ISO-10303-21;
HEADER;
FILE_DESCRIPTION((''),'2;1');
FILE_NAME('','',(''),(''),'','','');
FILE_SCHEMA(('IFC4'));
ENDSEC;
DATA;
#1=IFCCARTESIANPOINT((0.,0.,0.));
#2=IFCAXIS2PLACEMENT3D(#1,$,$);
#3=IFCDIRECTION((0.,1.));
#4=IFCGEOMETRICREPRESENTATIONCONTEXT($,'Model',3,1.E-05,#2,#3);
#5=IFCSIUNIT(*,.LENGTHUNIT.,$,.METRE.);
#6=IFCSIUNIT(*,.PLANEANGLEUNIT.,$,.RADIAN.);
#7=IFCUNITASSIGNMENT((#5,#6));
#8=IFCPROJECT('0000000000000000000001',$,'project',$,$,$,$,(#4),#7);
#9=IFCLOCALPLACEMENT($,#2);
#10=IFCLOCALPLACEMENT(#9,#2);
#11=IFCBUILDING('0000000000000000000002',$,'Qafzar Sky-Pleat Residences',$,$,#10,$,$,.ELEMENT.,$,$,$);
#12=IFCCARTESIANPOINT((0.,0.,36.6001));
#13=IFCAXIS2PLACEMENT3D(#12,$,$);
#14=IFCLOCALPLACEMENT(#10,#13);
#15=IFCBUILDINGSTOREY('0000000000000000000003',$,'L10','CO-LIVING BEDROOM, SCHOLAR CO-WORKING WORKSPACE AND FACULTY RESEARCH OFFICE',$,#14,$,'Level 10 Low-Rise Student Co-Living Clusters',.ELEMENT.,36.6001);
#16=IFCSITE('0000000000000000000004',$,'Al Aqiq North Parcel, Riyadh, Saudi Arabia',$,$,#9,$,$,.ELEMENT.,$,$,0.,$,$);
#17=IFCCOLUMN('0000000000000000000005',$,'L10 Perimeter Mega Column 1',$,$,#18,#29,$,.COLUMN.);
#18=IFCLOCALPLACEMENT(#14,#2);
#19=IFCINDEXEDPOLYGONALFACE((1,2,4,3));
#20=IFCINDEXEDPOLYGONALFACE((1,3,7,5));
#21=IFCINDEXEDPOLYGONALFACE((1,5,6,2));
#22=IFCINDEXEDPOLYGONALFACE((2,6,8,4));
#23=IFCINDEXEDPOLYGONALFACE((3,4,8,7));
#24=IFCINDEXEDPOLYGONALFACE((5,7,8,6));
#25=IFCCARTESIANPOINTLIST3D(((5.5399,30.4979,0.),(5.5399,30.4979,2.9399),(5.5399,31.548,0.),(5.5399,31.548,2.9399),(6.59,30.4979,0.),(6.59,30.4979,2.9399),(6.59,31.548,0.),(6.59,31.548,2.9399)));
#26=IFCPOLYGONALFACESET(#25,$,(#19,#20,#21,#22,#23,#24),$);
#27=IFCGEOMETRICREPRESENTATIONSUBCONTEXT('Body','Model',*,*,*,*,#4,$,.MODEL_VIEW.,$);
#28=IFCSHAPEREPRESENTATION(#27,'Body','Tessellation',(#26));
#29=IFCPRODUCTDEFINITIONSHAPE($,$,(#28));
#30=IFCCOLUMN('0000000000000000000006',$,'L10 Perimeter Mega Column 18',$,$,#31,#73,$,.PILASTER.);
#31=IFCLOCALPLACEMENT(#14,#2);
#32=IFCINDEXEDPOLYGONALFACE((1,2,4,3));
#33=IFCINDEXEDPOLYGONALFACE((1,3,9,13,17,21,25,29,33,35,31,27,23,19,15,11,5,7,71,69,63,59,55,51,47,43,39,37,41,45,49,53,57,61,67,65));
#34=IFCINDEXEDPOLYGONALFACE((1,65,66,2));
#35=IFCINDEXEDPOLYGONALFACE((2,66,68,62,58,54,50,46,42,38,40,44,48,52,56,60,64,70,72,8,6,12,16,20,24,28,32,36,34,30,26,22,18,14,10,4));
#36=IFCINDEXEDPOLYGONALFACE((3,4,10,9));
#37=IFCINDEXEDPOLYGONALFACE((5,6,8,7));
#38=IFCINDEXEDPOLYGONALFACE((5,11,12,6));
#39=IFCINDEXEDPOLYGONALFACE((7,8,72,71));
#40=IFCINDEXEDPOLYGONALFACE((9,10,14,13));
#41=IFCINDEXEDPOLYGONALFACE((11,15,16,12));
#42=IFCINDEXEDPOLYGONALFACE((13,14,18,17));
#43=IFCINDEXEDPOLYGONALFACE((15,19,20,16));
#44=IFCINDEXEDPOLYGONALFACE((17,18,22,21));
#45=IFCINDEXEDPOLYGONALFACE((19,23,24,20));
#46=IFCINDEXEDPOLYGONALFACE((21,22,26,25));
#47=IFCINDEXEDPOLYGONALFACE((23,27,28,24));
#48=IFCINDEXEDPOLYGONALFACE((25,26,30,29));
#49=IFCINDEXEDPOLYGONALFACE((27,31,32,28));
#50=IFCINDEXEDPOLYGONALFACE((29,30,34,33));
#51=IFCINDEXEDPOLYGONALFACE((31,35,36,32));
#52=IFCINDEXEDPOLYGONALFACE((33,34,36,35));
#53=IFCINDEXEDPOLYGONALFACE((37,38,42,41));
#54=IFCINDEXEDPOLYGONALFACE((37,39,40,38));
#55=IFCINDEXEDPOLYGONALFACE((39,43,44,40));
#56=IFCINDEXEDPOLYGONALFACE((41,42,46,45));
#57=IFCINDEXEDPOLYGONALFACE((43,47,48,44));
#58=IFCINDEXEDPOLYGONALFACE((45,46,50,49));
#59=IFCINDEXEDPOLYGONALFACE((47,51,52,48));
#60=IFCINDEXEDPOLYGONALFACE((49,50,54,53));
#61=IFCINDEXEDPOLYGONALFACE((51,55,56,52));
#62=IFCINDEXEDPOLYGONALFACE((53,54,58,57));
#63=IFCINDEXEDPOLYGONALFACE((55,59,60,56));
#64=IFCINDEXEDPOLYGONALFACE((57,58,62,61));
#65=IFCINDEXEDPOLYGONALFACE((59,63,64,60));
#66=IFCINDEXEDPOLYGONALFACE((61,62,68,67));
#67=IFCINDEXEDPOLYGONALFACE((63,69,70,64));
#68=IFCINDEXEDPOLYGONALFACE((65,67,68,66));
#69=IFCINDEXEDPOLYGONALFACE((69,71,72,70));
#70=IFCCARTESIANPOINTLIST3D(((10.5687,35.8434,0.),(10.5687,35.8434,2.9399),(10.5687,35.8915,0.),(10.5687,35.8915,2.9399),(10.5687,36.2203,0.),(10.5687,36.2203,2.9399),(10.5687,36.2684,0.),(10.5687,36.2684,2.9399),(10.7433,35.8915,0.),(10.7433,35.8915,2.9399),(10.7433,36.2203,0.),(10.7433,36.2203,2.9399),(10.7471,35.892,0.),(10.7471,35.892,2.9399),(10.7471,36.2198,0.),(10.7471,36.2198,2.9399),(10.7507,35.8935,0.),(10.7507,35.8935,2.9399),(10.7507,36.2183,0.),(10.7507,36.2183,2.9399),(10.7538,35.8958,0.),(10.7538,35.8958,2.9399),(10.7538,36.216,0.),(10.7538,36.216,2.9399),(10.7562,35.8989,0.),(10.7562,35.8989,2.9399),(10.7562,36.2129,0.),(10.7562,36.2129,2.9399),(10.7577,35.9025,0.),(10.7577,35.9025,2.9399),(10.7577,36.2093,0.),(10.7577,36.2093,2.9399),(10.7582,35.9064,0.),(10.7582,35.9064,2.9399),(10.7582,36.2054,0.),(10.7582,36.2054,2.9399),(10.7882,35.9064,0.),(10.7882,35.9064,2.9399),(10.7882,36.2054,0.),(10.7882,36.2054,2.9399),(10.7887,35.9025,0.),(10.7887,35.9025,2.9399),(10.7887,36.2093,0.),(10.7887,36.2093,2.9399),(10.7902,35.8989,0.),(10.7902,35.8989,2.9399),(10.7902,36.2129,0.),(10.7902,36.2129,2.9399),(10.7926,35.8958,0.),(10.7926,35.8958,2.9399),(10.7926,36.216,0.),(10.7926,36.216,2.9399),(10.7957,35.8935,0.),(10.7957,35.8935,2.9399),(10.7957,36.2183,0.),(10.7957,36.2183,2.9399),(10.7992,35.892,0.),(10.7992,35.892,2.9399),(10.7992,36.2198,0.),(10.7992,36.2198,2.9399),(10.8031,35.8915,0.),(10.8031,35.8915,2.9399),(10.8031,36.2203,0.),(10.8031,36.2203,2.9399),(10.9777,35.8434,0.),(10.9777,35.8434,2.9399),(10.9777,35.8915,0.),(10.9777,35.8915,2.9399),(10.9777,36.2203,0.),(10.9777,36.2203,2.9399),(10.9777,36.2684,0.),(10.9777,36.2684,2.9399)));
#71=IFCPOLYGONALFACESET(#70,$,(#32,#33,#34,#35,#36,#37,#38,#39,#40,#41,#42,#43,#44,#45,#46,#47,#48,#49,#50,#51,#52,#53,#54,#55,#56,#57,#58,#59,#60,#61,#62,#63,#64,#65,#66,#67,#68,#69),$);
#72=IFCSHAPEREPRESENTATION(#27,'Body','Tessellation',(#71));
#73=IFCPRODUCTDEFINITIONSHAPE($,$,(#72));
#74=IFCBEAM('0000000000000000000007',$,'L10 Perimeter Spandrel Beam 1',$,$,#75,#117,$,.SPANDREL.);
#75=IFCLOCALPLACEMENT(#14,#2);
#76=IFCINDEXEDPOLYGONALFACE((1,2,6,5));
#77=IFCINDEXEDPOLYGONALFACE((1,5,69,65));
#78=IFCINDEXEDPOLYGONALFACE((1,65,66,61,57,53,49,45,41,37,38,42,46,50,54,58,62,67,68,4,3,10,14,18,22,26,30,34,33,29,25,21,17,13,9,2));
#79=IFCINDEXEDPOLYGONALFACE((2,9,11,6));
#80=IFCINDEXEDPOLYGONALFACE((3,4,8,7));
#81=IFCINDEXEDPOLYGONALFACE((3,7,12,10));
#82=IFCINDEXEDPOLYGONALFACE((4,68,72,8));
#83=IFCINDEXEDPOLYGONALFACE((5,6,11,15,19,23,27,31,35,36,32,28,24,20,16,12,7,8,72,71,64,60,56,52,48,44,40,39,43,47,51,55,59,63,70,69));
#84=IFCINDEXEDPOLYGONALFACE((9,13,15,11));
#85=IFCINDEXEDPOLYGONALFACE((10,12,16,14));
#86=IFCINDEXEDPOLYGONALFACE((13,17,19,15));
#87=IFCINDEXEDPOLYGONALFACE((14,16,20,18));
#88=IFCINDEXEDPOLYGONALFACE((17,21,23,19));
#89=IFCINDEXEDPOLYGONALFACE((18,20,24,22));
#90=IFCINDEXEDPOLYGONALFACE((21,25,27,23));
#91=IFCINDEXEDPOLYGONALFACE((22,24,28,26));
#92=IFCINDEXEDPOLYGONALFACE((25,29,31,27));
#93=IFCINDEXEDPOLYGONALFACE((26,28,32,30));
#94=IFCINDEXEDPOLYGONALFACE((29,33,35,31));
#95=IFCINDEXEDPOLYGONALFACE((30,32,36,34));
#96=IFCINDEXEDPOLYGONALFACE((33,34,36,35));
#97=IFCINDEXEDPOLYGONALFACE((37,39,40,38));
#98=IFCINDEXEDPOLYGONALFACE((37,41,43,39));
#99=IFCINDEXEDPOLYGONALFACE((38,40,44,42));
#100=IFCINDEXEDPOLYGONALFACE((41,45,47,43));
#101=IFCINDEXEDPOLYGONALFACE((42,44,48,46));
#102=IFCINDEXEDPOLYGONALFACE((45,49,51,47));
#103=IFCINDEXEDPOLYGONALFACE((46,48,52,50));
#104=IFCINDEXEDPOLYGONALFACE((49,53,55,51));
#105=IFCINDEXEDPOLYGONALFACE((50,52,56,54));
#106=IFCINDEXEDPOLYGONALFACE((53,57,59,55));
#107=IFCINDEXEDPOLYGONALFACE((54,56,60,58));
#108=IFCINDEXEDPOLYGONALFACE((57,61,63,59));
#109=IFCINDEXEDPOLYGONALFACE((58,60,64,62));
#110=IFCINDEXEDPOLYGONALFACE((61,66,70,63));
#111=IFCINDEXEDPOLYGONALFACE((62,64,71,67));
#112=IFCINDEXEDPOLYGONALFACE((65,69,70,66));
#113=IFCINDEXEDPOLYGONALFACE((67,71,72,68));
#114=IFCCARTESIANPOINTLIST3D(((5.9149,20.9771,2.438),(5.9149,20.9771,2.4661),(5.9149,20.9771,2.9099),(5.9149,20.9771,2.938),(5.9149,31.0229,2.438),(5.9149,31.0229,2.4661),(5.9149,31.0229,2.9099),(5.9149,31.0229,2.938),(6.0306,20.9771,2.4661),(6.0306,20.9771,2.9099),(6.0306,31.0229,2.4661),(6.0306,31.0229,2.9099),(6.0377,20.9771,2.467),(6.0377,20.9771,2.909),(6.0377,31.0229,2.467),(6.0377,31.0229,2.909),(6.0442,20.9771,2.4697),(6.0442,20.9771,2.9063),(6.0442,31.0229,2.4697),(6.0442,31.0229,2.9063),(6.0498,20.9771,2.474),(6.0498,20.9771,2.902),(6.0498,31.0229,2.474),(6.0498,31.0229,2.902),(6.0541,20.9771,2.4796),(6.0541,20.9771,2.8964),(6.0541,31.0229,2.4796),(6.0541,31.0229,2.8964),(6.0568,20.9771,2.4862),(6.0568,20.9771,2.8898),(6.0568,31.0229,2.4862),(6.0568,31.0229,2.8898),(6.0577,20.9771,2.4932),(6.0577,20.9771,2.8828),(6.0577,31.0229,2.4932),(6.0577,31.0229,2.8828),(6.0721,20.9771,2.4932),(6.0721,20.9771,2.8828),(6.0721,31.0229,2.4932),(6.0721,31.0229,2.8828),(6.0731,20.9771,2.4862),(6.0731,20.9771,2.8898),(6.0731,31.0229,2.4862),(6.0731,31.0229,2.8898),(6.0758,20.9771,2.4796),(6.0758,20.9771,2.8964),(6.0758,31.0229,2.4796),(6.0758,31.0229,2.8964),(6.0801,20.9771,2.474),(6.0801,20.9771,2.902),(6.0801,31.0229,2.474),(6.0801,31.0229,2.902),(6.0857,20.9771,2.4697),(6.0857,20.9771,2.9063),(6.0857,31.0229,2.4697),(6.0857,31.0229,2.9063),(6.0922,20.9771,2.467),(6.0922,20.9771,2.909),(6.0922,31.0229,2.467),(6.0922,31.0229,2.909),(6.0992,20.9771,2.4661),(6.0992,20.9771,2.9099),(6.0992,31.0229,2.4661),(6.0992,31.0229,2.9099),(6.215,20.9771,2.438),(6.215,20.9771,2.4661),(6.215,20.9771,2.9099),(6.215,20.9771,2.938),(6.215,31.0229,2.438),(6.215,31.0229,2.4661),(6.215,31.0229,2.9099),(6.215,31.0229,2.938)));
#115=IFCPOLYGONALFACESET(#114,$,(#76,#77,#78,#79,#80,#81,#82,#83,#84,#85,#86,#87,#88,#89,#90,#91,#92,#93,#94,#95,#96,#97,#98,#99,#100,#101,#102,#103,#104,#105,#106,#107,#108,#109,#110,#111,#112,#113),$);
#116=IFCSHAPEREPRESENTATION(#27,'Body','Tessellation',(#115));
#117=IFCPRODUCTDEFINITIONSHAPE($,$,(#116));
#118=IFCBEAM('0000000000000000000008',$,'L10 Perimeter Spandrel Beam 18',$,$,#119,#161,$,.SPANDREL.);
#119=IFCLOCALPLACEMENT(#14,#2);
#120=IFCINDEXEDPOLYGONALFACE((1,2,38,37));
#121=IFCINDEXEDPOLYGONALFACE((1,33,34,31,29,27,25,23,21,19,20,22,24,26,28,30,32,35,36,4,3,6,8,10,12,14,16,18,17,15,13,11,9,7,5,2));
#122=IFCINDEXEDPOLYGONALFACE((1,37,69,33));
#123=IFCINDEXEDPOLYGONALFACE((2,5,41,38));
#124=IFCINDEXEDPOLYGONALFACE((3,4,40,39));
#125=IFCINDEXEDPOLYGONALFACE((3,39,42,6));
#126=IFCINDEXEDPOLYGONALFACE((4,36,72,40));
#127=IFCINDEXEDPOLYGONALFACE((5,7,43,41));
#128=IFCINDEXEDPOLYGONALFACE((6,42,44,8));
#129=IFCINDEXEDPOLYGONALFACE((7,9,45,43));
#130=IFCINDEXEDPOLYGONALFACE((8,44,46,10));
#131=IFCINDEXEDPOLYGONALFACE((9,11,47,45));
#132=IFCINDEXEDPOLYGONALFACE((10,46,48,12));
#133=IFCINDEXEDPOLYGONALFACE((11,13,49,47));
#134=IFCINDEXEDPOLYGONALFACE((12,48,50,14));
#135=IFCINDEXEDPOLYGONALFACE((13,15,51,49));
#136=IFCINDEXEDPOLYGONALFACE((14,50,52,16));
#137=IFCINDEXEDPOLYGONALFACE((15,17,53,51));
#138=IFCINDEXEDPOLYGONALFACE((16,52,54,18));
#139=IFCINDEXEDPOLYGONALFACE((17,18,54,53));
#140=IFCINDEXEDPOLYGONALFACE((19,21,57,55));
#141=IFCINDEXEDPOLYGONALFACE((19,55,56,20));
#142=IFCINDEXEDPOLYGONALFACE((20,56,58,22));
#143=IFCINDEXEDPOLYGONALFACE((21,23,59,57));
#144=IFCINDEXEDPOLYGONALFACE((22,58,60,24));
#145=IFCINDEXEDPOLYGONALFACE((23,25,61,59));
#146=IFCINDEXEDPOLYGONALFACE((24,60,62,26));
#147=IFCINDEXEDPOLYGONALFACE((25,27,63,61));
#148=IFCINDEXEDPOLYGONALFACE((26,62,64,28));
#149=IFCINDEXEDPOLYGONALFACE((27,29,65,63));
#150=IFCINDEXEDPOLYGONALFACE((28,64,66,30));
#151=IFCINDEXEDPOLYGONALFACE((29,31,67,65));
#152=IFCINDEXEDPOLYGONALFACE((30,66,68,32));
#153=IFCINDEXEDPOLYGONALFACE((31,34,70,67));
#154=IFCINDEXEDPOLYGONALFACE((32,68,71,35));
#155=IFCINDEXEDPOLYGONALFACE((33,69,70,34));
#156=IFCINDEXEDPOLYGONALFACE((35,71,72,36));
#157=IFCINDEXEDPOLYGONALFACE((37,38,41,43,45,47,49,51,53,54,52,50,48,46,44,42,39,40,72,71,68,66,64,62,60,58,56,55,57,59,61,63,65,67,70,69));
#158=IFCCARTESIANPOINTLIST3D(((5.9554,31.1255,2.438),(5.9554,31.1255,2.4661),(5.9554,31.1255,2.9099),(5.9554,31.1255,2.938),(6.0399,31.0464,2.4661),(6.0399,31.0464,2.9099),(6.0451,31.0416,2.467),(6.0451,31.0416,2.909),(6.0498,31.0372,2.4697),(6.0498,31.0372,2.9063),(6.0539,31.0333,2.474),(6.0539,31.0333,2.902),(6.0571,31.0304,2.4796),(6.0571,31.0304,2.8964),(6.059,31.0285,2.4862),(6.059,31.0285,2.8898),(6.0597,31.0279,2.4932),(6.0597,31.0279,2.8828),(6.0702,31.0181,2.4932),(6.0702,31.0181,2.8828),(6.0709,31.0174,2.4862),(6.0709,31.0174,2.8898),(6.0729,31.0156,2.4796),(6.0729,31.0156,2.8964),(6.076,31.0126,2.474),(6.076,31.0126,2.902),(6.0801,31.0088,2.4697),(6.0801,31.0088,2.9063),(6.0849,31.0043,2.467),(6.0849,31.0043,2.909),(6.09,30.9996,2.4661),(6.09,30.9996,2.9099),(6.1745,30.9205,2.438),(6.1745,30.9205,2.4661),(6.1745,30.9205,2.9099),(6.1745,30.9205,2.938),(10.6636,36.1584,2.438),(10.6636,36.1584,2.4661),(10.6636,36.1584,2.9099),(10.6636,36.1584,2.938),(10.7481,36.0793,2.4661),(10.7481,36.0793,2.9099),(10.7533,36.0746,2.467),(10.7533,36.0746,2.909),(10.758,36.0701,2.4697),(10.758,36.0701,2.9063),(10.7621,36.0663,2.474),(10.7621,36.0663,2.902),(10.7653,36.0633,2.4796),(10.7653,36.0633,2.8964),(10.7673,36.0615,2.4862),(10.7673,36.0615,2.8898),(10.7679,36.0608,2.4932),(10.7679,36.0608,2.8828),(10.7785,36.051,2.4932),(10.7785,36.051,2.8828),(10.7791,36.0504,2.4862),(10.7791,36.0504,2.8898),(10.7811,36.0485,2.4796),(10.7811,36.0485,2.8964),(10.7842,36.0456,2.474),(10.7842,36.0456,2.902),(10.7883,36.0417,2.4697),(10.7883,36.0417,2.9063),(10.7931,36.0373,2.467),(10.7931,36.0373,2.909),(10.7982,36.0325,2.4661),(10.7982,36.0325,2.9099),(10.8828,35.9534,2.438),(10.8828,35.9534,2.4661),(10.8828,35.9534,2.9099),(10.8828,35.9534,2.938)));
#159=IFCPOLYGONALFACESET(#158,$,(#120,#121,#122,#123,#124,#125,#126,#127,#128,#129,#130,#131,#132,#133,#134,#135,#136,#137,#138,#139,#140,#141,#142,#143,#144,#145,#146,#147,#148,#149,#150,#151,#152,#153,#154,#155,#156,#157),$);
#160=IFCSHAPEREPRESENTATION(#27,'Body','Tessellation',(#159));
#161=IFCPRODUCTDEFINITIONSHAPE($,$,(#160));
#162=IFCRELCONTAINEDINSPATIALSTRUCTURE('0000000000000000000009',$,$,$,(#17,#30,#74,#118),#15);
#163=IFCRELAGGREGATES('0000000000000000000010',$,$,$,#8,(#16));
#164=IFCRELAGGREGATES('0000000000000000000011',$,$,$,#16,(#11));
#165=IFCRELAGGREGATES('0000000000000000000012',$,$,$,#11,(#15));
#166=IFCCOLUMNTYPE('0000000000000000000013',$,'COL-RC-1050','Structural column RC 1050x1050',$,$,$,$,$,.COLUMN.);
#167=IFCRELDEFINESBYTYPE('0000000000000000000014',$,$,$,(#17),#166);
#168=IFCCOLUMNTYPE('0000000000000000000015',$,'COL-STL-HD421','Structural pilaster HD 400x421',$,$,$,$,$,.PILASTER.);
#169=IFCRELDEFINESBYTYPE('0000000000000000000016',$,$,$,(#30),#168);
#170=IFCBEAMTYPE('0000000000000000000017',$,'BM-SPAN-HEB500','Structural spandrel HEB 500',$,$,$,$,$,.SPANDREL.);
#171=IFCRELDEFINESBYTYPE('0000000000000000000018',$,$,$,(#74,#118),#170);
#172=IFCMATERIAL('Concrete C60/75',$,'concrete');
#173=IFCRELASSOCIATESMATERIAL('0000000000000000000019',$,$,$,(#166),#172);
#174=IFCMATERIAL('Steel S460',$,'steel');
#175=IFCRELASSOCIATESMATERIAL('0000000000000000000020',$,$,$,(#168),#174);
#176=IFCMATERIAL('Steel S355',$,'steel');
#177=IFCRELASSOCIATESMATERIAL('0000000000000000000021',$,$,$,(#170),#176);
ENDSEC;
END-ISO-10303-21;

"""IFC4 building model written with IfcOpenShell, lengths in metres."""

from ifc_helpers import new_model, si_unit, direction, frame, origin, origin_2d, place, context, subcontext, project, spatial, rectangle, i_section, extrude, source, transform, mapped, material, material_profile, profile_set, type_object, element, save


model = new_model("IFC4")

# Units and contexts
model_context = context("Model", 3, precision=1e-05, world=origin(), true_north=direction((0.0, 1.0)))
body_context = subcontext(model_context, "Body", "Model", "MODEL_VIEW")
ifc_project = project(units=[si_unit("LENGTHUNIT", "METRE"), si_unit("PLANEANGLEUNIT", "RADIAN")], contexts=[model_context])

# Site, building, storey
site_placement = place(None, origin())
site = spatial("IfcSite", under=ifc_project, at=site_placement, Name="Al Aqiq North Parcel, Riyadh, Saudi Arabia", CompositionType="ELEMENT", RefElevation=0.0)
building_placement = place(site_placement, origin())
building = spatial("IfcBuilding", under=site, at=building_placement, Name="Qafzar Sky-Pleat Residences", CompositionType="ELEMENT")
storey_placement = place(building_placement, frame((0.0, 0.0, 36.6001)))
storey = spatial("IfcBuildingStorey", under=building, at=storey_placement, Name="L10", Description="CO-LIVING BEDROOM, SCHOLAR CO-WORKING WORKSPACE AND FACULTY RESEARCH OFFICE", LongName="Level 10 Low-Rise Student Co-Living Clusters", CompositionType="ELEMENT", Elevation=36.6001)

# Columns
ifc_material_1 = material(Name="Concrete C60/75", Category="concrete")
ifc_material_profile_1 = material_profile(ifc_material_1, rectangle(XDim=1.05, YDim=1.05, at=origin_2d()), Name="RC 1050x1050")
ifc_profile_set_1 = profile_set([ifc_material_profile_1], Name="Concrete C60/75")
column_type_1 = type_object("IfcColumnType", Name="COL-RC-1050", Description="Structural column RC 1050x1050", PredefinedType="COLUMN", material=ifc_profile_set_1)
shared_shape_1 = source(origin(), body_context, "Body", "SweptSolid", [
    extrude(rectangle(XDim=1.05, YDim=1.05, at=origin_2d()), origin(), (0.0, 0.0, 1.0), 2.9399),
])
column_1_placement = place(storey_placement, frame((6.0649, 31.0229, 0.0), z_axis=(0.0, 0.0, 1.0), x_axis=(1.0, 0.0, 0.0)))
element("IfcColumn", 1, at=column_1_placement, inside=storey, type_object=column_type_1, Name="L10 Perimeter Mega Column 1", PredefinedType="COLUMN", context=body_context, shape_type="MappedRepresentation", body=[
    mapped(shared_shape_1, transform((0.0, 0.0, 0.0), x_axis=(1.0, 0.0, 0.0), y_axis=(0.0, 1.0, 0.0), z_axis=(0.0, 0.0, 1.0), scale=1.0)),
])
ifc_material_2 = material(Name="Steel S460", Category="steel")
ifc_material_profile_2 = material_profile(ifc_material_2, i_section(OverallWidth=0.4089, OverallDepth=0.425, WebThickness=0.03, FlangeThickness=0.0481, FilletRadius=0.0149, at=origin_2d()), Name="HD 400x421")
ifc_profile_set_2 = profile_set([ifc_material_profile_2], Name="Steel S460")
column_type_2 = type_object("IfcColumnType", Name="COL-STL-HD421", Description="Structural pilaster HD 400x421", PredefinedType="PILASTER", material=ifc_profile_set_2)
shared_shape_2 = source(origin(), body_context, "Body", "SweptSolid", [
    extrude(i_section(OverallWidth=0.4089, OverallDepth=0.425, WebThickness=0.03, FlangeThickness=0.0481, FilletRadius=0.0149, at=origin_2d()), origin(), (0.0, 0.0, 1.0), 2.9399),
])
column_2_placement = place(storey_placement, frame((10.7732, 36.0559, 0.0), z_axis=(0.0, 0.0, 1.0), x_axis=(1.0, 0.0, 0.0)))
element("IfcColumn", 2, at=column_2_placement, inside=storey, type_object=column_type_2, Name="L10 Perimeter Mega Column 18", PredefinedType="PILASTER", context=body_context, shape_type="MappedRepresentation", body=[
    mapped(shared_shape_2, transform((0.0, 0.0, 0.0), x_axis=(1.0, 0.0, 0.0), y_axis=(0.0, 1.0, 0.0), z_axis=(0.0, 0.0, 1.0), scale=1.0)),
])

# Beams
ifc_material_3 = material(Name="Steel S355", Category="steel")
ifc_material_profile_3 = material_profile(ifc_material_3, i_section(OverallWidth=0.3, OverallDepth=0.5, WebThickness=0.0144, FlangeThickness=0.0281, FilletRadius=0.0271, at=origin_2d()), Name="HEB 500")
ifc_profile_set_3 = profile_set([ifc_material_profile_3], Name="Steel S355")
beam_type_1 = type_object("IfcBeamType", Name="BM-SPAN-HEB500", Description="Structural spandrel HEB 500", PredefinedType="SPANDREL", material=ifc_profile_set_3)
shared_shape_3 = source(origin(), body_context, "Body", "SweptSolid", [
    extrude(i_section(OverallWidth=0.3, OverallDepth=0.5, WebThickness=0.0144, FlangeThickness=0.0281, FilletRadius=0.0271, at=origin_2d()), origin(), (0.0, 0.0, 1.0), 10.0459),
])
beam_1_placement = place(storey_placement, frame((6.0649, 31.0229, 2.688), z_axis=(0.0, -1.0, 0.0), x_axis=(1.0, 0.0, 0.0)))
element("IfcBeam", 3, at=beam_1_placement, inside=storey, type_object=beam_type_1, Name="L10 Perimeter Spandrel Beam 1", PredefinedType="SPANDREL", context=body_context, shape_type="MappedRepresentation", body=[
    mapped(shared_shape_3, transform((0.0, 0.0, 0.0), x_axis=(1.0, 0.0, 0.0), y_axis=(0.0, 1.0, 0.0), z_axis=(0.0, 0.0, 1.0), scale=1.0)),
])
shared_shape_4 = source(origin(), body_context, "Body", "SweptSolid", [
    extrude(i_section(OverallWidth=0.3, OverallDepth=0.5, WebThickness=0.0144, FlangeThickness=0.0281, FilletRadius=0.0271, at=origin_2d()), origin(), (0.0, 0.0, 1.0), 6.8918),
])
beam_2_placement = place(storey_placement, frame((10.7732, 36.0559, 2.688), z_axis=(-0.683157, -0.730271, 0.0), x_axis=(0.730271, -0.683157, 0.0)))
element("IfcBeam", 4, at=beam_2_placement, inside=storey, type_object=beam_type_1, Name="L10 Perimeter Spandrel Beam 18", PredefinedType="SPANDREL", context=body_context, shape_type="MappedRepresentation", body=[
    mapped(shared_shape_4, transform((0.0, 0.0, 0.0), x_axis=(1.0, 0.0, 0.0), y_axis=(0.0, 1.0, 0.0), z_axis=(0.0, 0.0, 1.0), scale=1.0)),
])

save(model, "model.ifc")
